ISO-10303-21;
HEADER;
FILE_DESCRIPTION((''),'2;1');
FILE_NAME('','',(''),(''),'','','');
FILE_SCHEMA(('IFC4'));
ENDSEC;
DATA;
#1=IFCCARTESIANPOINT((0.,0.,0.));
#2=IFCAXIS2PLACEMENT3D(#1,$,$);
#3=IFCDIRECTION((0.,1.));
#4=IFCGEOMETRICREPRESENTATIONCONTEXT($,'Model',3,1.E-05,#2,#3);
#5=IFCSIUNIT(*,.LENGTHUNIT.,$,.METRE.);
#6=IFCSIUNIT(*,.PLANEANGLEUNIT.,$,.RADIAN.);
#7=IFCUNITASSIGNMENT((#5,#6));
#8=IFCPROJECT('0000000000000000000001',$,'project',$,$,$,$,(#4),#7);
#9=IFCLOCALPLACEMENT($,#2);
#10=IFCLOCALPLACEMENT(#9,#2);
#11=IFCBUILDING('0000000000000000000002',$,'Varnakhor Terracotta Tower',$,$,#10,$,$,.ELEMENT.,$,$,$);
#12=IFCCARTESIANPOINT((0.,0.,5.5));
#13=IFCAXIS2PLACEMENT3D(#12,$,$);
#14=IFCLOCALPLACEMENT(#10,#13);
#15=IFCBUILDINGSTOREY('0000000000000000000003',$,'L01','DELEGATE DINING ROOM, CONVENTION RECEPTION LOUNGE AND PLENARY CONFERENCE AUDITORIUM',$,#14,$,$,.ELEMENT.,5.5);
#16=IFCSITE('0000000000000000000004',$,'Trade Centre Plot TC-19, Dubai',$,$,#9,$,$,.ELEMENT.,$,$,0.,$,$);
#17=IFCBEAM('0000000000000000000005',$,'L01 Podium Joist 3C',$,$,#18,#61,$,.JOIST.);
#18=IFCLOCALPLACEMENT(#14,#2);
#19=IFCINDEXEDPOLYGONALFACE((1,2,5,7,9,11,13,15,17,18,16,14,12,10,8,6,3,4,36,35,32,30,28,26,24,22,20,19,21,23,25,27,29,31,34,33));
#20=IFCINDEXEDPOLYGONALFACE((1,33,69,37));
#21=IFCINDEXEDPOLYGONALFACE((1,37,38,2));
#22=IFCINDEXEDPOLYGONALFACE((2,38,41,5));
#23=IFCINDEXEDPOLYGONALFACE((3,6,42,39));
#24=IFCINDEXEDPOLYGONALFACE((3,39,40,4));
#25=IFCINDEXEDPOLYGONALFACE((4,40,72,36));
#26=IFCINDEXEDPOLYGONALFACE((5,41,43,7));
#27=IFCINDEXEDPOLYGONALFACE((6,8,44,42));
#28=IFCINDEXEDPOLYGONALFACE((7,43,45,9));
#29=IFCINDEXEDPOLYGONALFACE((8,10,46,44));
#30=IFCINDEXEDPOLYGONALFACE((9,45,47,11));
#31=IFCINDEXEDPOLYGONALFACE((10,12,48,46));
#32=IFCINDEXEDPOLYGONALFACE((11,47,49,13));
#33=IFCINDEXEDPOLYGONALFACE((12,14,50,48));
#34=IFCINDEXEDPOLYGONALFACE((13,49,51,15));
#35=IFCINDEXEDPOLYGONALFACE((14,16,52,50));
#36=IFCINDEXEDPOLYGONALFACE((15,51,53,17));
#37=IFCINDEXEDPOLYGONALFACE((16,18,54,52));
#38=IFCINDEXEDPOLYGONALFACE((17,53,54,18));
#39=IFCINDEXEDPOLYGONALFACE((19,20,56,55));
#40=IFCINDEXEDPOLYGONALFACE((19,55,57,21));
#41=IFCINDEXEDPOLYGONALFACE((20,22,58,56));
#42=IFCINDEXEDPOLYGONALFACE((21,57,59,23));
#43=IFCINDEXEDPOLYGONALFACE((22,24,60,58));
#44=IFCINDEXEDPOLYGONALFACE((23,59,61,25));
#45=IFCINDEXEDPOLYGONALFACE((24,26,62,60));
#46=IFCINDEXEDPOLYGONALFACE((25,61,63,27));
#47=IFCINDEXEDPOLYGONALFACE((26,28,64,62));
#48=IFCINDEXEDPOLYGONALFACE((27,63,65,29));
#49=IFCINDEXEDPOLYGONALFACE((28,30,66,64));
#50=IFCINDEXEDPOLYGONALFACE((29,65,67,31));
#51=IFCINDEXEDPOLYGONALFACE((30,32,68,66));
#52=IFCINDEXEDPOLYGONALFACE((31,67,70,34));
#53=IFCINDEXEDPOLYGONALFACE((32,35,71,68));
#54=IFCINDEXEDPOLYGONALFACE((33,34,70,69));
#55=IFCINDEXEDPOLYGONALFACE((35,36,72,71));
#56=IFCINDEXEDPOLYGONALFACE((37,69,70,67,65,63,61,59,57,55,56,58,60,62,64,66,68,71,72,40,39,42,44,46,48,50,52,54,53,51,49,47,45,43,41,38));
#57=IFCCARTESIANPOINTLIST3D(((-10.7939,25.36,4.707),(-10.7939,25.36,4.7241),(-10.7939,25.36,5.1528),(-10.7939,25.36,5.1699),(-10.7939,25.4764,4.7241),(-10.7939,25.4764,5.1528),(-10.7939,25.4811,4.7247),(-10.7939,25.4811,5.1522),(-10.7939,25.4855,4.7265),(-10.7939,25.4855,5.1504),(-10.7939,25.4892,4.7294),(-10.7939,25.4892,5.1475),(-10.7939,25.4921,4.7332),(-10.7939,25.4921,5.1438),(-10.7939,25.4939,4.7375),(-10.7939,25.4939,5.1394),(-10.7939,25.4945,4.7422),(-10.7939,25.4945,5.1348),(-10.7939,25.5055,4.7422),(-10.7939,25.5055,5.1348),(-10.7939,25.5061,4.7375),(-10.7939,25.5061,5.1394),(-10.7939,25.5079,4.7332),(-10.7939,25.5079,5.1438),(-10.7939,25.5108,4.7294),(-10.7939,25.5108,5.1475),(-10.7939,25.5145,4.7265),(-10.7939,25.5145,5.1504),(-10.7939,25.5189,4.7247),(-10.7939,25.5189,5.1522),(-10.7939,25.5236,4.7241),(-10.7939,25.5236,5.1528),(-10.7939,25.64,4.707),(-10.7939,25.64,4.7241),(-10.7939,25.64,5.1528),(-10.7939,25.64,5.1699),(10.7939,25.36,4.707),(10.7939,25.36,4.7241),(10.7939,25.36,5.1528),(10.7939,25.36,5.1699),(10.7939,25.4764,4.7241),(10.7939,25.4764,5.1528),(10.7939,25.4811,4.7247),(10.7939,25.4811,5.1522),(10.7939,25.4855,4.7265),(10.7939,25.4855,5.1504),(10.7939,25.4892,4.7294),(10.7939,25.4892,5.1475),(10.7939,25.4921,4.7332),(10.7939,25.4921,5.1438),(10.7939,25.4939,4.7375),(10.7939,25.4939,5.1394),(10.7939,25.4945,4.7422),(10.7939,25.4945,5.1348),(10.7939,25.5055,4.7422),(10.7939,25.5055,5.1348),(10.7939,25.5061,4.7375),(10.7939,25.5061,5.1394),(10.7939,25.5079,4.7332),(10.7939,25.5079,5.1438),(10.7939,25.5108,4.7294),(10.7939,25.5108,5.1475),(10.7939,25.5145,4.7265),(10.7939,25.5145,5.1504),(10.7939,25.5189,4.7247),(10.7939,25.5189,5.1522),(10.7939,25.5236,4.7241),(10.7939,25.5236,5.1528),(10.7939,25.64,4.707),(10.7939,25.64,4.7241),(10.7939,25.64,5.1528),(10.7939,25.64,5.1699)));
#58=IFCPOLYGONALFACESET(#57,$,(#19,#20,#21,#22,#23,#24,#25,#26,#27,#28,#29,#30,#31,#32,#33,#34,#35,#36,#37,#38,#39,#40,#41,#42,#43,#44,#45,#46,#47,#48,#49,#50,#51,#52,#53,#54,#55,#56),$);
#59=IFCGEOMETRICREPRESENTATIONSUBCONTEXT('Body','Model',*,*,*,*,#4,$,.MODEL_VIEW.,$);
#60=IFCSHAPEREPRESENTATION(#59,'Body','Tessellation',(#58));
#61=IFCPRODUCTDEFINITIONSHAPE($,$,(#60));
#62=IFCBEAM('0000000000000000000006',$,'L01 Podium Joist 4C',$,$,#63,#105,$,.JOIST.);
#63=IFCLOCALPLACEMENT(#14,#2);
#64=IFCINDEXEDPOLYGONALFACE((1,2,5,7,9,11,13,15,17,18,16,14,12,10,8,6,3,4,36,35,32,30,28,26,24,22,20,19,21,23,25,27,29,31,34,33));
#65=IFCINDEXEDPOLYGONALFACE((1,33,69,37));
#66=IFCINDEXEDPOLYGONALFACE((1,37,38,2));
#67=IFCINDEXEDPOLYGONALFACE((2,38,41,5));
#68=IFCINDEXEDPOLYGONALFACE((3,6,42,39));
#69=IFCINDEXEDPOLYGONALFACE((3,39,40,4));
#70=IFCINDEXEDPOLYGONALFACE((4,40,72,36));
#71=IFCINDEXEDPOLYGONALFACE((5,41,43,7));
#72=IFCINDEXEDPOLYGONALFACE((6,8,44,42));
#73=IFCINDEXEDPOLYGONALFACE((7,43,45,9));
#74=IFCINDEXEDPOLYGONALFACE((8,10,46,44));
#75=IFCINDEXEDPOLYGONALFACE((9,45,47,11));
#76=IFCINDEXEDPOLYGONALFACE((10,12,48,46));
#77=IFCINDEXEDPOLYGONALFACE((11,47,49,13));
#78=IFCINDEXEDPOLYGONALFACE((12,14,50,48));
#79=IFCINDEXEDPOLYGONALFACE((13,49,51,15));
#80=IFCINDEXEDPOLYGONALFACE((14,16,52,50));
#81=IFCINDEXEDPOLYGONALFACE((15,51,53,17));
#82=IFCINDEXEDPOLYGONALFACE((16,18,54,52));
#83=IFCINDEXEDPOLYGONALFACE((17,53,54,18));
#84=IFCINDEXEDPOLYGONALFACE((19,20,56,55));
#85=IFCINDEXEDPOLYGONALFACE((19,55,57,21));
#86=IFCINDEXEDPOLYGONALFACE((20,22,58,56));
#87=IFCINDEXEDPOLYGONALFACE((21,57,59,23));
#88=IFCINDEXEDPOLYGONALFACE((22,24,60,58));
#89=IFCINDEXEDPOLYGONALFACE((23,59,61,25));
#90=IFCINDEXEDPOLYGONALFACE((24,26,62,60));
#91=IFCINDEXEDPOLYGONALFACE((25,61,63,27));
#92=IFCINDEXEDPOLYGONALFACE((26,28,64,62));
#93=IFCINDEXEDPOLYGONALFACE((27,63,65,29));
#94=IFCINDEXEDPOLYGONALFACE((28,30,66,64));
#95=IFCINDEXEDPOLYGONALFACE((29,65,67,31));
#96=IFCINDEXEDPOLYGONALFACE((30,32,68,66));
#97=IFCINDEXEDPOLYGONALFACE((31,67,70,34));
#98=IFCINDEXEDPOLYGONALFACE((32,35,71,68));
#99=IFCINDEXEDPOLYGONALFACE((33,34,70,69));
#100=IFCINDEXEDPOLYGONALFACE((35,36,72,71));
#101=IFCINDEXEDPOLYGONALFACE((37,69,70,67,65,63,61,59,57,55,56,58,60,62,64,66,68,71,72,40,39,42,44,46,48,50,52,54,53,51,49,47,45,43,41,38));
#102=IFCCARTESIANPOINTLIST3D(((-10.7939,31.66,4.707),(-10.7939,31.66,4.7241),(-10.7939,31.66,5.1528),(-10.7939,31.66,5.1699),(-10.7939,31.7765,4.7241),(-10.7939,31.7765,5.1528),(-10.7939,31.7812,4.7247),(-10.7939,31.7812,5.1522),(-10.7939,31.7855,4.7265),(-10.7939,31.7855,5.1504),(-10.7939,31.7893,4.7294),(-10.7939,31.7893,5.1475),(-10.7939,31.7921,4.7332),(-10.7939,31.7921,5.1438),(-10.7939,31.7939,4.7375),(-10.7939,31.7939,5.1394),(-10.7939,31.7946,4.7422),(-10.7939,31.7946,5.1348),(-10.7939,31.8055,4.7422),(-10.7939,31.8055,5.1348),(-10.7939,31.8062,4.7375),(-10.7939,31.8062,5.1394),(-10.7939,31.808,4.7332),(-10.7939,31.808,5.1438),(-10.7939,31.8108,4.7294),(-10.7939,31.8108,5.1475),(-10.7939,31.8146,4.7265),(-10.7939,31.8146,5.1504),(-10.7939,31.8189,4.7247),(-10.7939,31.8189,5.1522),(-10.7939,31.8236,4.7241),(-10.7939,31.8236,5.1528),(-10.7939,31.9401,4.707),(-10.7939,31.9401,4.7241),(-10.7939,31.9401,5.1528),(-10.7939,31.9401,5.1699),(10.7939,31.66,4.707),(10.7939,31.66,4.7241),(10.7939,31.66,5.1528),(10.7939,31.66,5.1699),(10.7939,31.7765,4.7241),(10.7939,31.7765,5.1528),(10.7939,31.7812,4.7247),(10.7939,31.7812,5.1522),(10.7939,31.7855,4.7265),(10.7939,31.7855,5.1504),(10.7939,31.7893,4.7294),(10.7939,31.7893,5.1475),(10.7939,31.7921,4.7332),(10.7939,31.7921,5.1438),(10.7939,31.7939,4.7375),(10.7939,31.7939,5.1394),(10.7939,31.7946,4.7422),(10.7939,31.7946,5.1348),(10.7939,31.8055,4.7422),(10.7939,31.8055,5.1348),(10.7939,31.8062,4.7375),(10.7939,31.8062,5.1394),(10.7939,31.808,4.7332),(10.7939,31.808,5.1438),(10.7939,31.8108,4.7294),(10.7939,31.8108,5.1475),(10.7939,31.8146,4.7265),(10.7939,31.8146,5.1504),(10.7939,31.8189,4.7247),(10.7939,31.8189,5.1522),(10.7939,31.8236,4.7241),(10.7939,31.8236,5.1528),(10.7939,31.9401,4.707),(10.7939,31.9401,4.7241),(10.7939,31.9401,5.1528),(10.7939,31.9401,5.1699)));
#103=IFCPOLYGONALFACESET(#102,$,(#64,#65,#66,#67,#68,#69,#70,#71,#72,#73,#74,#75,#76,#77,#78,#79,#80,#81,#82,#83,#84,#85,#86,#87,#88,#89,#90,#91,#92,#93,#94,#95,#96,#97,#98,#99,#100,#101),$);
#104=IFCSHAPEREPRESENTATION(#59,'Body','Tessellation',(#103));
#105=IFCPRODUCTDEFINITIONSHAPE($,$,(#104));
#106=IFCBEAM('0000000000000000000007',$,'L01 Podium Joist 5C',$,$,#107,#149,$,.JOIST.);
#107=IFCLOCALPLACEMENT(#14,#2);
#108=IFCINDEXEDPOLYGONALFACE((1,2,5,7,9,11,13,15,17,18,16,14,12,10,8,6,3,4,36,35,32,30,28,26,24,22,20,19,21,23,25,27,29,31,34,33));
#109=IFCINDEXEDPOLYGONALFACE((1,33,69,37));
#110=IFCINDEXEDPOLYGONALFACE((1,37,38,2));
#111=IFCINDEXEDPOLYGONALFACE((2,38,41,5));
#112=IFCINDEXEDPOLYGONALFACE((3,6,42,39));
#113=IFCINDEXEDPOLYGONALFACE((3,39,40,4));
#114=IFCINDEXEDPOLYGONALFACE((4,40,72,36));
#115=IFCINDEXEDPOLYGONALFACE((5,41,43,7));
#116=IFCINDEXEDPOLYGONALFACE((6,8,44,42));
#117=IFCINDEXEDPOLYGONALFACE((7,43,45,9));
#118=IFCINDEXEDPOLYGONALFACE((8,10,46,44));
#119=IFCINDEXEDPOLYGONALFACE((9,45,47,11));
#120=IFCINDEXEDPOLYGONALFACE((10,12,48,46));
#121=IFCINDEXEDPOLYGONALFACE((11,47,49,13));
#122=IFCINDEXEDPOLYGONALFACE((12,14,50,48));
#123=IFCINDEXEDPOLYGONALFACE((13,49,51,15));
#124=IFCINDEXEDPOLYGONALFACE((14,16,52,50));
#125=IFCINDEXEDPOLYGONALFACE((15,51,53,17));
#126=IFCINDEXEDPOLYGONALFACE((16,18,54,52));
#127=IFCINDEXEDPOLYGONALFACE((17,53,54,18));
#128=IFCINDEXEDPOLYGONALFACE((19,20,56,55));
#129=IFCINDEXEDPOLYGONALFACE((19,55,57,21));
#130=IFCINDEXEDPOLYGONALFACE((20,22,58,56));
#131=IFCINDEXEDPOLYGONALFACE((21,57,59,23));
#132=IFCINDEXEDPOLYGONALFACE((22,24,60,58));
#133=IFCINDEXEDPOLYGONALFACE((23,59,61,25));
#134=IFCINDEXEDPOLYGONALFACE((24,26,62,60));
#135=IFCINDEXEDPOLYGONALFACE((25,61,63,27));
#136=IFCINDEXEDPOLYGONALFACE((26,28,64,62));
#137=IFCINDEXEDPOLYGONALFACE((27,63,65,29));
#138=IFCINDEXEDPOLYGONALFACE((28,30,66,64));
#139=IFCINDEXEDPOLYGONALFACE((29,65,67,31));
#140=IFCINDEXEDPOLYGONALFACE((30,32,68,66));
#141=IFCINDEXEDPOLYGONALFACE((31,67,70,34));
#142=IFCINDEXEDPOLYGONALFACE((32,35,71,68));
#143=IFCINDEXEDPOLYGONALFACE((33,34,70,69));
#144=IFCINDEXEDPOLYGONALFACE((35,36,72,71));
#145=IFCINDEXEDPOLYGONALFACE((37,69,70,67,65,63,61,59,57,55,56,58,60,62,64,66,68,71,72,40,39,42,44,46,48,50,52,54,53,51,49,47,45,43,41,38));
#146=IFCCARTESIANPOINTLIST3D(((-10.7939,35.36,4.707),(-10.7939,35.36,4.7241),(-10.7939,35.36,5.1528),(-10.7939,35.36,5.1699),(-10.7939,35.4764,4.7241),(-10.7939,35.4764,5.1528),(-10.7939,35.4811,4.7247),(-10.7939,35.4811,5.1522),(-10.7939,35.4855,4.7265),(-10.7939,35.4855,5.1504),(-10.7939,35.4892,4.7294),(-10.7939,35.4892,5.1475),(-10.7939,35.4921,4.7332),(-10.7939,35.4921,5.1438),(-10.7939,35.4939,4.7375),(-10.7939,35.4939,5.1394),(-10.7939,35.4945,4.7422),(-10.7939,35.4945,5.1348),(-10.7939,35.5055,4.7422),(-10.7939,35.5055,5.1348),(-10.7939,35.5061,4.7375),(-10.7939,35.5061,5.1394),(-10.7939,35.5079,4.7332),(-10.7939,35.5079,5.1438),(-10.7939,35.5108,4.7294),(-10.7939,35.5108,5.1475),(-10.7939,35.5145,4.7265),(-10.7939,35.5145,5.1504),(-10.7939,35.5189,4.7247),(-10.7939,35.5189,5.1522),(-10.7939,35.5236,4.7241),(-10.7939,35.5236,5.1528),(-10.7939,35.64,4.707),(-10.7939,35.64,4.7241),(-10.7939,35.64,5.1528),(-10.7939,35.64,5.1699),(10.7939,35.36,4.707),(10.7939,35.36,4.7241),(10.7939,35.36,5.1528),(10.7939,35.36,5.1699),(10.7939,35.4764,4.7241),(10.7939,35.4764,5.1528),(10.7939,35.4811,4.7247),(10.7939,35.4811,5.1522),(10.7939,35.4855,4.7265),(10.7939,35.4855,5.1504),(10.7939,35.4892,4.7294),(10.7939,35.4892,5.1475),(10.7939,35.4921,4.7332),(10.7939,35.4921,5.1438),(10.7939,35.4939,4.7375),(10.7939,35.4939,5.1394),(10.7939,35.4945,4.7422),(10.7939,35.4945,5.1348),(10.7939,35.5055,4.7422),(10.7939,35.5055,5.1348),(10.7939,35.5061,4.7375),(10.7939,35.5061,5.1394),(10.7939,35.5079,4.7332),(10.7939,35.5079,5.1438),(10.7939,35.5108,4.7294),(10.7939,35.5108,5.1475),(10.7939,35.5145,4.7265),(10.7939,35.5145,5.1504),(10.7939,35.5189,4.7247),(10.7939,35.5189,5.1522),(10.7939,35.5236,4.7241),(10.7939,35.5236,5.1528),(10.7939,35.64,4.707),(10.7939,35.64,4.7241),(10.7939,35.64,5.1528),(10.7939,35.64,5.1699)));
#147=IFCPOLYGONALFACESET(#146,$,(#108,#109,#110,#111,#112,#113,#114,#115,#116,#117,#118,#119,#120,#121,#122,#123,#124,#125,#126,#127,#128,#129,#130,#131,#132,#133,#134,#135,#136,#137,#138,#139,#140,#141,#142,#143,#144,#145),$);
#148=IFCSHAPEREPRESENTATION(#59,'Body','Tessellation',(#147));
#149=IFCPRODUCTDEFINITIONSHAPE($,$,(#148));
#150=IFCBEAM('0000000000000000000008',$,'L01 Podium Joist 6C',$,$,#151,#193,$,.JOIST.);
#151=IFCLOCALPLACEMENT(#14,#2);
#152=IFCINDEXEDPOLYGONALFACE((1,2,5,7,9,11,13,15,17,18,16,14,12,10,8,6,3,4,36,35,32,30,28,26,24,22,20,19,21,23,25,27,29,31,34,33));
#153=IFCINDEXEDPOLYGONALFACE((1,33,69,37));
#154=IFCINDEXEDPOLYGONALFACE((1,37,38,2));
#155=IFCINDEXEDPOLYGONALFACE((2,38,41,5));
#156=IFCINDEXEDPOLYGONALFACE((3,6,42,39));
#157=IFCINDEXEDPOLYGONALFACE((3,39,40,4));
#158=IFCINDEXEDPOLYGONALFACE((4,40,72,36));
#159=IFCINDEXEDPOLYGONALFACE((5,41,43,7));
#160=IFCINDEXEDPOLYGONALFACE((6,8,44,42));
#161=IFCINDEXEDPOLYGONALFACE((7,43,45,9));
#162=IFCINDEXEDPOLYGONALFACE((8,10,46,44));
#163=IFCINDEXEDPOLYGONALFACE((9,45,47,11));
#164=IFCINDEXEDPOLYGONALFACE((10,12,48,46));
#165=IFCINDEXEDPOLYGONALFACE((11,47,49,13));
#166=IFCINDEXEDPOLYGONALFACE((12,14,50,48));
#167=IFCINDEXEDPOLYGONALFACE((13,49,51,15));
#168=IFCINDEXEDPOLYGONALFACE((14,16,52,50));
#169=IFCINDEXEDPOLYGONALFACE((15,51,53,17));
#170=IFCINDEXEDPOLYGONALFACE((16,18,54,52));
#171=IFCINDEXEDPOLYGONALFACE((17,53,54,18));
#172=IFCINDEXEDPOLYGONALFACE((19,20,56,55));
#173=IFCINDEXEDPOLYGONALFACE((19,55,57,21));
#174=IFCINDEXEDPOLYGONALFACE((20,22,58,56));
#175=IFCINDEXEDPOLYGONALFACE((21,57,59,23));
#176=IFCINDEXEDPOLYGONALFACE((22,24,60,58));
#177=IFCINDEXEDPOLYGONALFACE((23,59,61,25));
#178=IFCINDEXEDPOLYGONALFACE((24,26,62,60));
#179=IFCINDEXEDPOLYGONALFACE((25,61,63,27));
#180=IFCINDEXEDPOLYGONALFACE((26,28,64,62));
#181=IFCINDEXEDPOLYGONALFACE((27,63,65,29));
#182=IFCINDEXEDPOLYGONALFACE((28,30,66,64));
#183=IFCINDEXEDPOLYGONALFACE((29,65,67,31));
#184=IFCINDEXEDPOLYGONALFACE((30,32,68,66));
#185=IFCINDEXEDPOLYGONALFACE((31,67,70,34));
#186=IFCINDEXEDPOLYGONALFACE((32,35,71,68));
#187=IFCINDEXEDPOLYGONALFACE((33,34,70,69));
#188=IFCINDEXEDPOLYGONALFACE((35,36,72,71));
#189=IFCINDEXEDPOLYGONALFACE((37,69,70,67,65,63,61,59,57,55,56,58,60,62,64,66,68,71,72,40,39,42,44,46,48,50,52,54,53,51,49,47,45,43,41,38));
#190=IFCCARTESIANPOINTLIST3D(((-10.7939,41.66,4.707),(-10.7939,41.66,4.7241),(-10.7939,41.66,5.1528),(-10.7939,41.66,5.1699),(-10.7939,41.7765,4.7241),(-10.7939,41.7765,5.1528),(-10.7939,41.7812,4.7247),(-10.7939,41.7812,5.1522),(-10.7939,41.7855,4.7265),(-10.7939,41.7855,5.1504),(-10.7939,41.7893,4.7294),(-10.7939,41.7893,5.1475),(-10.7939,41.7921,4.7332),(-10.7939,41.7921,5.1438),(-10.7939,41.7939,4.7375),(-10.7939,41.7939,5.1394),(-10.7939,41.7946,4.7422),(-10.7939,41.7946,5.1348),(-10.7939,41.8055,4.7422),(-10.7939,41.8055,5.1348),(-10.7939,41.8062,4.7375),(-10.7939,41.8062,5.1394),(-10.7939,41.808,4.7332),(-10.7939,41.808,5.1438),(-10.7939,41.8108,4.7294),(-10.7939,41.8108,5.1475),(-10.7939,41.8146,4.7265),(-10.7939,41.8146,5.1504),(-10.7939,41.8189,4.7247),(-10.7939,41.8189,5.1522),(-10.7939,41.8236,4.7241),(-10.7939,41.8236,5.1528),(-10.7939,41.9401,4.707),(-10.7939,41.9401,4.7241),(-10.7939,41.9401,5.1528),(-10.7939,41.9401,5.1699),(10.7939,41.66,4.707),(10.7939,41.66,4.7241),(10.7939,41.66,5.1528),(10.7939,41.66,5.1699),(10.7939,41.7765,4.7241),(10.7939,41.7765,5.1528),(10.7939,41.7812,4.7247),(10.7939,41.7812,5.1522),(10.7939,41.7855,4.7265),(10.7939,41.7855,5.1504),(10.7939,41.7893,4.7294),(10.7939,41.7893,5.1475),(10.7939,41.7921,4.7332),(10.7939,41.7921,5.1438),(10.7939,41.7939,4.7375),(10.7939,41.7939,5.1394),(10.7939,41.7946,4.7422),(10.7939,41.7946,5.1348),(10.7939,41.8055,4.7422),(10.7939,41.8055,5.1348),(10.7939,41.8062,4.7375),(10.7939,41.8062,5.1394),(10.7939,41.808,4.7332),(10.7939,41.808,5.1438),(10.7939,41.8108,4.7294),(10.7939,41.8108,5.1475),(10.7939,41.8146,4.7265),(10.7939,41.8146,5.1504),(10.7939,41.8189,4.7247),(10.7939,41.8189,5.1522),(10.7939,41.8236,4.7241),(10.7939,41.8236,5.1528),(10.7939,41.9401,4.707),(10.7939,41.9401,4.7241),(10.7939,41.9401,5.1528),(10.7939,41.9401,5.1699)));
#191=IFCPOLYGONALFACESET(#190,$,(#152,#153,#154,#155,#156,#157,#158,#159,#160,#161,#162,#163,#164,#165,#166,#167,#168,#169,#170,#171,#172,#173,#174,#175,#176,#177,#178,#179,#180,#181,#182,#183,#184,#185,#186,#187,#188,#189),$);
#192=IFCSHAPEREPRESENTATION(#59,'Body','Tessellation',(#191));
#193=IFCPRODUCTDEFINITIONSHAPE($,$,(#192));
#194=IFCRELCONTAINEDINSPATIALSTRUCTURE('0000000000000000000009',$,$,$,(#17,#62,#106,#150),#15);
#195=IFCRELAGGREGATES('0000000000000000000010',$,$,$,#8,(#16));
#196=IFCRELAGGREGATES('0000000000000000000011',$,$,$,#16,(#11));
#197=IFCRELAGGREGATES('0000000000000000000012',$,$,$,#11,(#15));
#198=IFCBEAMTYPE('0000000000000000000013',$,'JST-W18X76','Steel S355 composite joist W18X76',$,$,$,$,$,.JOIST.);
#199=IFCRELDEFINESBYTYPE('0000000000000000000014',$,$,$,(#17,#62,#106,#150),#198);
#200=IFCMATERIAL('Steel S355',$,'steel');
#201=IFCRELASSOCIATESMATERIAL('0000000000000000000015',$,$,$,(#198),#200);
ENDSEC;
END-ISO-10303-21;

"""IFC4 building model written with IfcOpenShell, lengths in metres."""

from ifc_helpers import new_model, si_unit, direction, frame, origin, origin_2d, place, context, subcontext, project, spatial, i_section, extrude, source, transform, mapped, material, material_profile, profile_set, type_object, element, save


model = new_model("IFC4")

# Units and contexts
model_context = context("Model", 3, precision=1e-05, world=origin(), true_north=direction((0.0, 1.0)))
body_context = subcontext(model_context, "Body", "Model", "MODEL_VIEW")
ifc_project = project(units=[si_unit("LENGTHUNIT", "METRE"), si_unit("PLANEANGLEUNIT", "RADIAN")], contexts=[model_context])

# Site, building, storey
site_placement = place(None, origin())
site = spatial("IfcSite", under=ifc_project, at=site_placement, Name="Trade Centre Plot TC-19, Dubai", CompositionType="ELEMENT", RefElevation=0.0)
building_placement = place(site_placement, origin())
building = spatial("IfcBuilding", under=site, at=building_placement, Name="Varnakhor Terracotta Tower", CompositionType="ELEMENT")
storey_placement = place(building_placement, frame((0.0, 0.0, 5.5)))
storey = spatial("IfcBuildingStorey", under=building, at=storey_placement, Name="L01", Description="DELEGATE DINING ROOM, CONVENTION RECEPTION LOUNGE AND PLENARY CONFERENCE AUDITORIUM", CompositionType="ELEMENT", Elevation=5.5)

# Beams
ifc_material_1 = material(Name="Steel S355", Category="steel")
ifc_material_profile_1 = material_profile(ifc_material_1, i_section(OverallWidth=0.28, OverallDepth=0.4629, WebThickness=0.011, FlangeThickness=0.0171, FilletRadius=0.0181, at=origin_2d()), Name="W18X76")
ifc_profile_set_1 = profile_set([ifc_material_profile_1], Name="Steel S355")
beam_type_1 = type_object("IfcBeamType", Name="JST-W18X76", Description="Steel S355 composite joist W18X76", PredefinedType="JOIST", material=ifc_profile_set_1)
shared_shape_1 = source(origin(), body_context, "Body", "SweptSolid", [
    extrude(i_section(OverallWidth=0.28, OverallDepth=0.4629, WebThickness=0.011, FlangeThickness=0.0171, FilletRadius=0.0181, at=origin_2d()), origin(), (0.0, 0.0, 1.0), 21.5879),
])
for number, where, z_axis, x_axis, name in (
    (1, (-10.7939, 25.5, 4.9385), (1.0, 0.0, 0.0), (0.0, 1.0, 0.0), "L01 Podium Joist 3C"),
    (2, (-10.7939, 31.8, 4.9385), (1.0, 0.0, 0.0), (0.0, 1.0, 0.0), "L01 Podium Joist 4C"),
    (3, (-10.7939, 35.5, 4.9385), (1.0, 0.0, 0.0), (0.0, 1.0, 0.0), "L01 Podium Joist 5C"),
    (4, (-10.7939, 41.8, 4.9385), (1.0, 0.0, 0.0), (0.0, 1.0, 0.0), "L01 Podium Joist 6C"),
):
    element("IfcBeam", number, at=place(storey_placement, frame(where, z_axis=z_axis, x_axis=x_axis)), inside=storey, type_object=beam_type_1, Name=name, PredefinedType="JOIST", context=body_context, shape_type="MappedRepresentation", body=[
        mapped(shared_shape_1, transform((0.0, 0.0, 0.0), scale=1.0)),
    ])

save(model, "model.ifc")
